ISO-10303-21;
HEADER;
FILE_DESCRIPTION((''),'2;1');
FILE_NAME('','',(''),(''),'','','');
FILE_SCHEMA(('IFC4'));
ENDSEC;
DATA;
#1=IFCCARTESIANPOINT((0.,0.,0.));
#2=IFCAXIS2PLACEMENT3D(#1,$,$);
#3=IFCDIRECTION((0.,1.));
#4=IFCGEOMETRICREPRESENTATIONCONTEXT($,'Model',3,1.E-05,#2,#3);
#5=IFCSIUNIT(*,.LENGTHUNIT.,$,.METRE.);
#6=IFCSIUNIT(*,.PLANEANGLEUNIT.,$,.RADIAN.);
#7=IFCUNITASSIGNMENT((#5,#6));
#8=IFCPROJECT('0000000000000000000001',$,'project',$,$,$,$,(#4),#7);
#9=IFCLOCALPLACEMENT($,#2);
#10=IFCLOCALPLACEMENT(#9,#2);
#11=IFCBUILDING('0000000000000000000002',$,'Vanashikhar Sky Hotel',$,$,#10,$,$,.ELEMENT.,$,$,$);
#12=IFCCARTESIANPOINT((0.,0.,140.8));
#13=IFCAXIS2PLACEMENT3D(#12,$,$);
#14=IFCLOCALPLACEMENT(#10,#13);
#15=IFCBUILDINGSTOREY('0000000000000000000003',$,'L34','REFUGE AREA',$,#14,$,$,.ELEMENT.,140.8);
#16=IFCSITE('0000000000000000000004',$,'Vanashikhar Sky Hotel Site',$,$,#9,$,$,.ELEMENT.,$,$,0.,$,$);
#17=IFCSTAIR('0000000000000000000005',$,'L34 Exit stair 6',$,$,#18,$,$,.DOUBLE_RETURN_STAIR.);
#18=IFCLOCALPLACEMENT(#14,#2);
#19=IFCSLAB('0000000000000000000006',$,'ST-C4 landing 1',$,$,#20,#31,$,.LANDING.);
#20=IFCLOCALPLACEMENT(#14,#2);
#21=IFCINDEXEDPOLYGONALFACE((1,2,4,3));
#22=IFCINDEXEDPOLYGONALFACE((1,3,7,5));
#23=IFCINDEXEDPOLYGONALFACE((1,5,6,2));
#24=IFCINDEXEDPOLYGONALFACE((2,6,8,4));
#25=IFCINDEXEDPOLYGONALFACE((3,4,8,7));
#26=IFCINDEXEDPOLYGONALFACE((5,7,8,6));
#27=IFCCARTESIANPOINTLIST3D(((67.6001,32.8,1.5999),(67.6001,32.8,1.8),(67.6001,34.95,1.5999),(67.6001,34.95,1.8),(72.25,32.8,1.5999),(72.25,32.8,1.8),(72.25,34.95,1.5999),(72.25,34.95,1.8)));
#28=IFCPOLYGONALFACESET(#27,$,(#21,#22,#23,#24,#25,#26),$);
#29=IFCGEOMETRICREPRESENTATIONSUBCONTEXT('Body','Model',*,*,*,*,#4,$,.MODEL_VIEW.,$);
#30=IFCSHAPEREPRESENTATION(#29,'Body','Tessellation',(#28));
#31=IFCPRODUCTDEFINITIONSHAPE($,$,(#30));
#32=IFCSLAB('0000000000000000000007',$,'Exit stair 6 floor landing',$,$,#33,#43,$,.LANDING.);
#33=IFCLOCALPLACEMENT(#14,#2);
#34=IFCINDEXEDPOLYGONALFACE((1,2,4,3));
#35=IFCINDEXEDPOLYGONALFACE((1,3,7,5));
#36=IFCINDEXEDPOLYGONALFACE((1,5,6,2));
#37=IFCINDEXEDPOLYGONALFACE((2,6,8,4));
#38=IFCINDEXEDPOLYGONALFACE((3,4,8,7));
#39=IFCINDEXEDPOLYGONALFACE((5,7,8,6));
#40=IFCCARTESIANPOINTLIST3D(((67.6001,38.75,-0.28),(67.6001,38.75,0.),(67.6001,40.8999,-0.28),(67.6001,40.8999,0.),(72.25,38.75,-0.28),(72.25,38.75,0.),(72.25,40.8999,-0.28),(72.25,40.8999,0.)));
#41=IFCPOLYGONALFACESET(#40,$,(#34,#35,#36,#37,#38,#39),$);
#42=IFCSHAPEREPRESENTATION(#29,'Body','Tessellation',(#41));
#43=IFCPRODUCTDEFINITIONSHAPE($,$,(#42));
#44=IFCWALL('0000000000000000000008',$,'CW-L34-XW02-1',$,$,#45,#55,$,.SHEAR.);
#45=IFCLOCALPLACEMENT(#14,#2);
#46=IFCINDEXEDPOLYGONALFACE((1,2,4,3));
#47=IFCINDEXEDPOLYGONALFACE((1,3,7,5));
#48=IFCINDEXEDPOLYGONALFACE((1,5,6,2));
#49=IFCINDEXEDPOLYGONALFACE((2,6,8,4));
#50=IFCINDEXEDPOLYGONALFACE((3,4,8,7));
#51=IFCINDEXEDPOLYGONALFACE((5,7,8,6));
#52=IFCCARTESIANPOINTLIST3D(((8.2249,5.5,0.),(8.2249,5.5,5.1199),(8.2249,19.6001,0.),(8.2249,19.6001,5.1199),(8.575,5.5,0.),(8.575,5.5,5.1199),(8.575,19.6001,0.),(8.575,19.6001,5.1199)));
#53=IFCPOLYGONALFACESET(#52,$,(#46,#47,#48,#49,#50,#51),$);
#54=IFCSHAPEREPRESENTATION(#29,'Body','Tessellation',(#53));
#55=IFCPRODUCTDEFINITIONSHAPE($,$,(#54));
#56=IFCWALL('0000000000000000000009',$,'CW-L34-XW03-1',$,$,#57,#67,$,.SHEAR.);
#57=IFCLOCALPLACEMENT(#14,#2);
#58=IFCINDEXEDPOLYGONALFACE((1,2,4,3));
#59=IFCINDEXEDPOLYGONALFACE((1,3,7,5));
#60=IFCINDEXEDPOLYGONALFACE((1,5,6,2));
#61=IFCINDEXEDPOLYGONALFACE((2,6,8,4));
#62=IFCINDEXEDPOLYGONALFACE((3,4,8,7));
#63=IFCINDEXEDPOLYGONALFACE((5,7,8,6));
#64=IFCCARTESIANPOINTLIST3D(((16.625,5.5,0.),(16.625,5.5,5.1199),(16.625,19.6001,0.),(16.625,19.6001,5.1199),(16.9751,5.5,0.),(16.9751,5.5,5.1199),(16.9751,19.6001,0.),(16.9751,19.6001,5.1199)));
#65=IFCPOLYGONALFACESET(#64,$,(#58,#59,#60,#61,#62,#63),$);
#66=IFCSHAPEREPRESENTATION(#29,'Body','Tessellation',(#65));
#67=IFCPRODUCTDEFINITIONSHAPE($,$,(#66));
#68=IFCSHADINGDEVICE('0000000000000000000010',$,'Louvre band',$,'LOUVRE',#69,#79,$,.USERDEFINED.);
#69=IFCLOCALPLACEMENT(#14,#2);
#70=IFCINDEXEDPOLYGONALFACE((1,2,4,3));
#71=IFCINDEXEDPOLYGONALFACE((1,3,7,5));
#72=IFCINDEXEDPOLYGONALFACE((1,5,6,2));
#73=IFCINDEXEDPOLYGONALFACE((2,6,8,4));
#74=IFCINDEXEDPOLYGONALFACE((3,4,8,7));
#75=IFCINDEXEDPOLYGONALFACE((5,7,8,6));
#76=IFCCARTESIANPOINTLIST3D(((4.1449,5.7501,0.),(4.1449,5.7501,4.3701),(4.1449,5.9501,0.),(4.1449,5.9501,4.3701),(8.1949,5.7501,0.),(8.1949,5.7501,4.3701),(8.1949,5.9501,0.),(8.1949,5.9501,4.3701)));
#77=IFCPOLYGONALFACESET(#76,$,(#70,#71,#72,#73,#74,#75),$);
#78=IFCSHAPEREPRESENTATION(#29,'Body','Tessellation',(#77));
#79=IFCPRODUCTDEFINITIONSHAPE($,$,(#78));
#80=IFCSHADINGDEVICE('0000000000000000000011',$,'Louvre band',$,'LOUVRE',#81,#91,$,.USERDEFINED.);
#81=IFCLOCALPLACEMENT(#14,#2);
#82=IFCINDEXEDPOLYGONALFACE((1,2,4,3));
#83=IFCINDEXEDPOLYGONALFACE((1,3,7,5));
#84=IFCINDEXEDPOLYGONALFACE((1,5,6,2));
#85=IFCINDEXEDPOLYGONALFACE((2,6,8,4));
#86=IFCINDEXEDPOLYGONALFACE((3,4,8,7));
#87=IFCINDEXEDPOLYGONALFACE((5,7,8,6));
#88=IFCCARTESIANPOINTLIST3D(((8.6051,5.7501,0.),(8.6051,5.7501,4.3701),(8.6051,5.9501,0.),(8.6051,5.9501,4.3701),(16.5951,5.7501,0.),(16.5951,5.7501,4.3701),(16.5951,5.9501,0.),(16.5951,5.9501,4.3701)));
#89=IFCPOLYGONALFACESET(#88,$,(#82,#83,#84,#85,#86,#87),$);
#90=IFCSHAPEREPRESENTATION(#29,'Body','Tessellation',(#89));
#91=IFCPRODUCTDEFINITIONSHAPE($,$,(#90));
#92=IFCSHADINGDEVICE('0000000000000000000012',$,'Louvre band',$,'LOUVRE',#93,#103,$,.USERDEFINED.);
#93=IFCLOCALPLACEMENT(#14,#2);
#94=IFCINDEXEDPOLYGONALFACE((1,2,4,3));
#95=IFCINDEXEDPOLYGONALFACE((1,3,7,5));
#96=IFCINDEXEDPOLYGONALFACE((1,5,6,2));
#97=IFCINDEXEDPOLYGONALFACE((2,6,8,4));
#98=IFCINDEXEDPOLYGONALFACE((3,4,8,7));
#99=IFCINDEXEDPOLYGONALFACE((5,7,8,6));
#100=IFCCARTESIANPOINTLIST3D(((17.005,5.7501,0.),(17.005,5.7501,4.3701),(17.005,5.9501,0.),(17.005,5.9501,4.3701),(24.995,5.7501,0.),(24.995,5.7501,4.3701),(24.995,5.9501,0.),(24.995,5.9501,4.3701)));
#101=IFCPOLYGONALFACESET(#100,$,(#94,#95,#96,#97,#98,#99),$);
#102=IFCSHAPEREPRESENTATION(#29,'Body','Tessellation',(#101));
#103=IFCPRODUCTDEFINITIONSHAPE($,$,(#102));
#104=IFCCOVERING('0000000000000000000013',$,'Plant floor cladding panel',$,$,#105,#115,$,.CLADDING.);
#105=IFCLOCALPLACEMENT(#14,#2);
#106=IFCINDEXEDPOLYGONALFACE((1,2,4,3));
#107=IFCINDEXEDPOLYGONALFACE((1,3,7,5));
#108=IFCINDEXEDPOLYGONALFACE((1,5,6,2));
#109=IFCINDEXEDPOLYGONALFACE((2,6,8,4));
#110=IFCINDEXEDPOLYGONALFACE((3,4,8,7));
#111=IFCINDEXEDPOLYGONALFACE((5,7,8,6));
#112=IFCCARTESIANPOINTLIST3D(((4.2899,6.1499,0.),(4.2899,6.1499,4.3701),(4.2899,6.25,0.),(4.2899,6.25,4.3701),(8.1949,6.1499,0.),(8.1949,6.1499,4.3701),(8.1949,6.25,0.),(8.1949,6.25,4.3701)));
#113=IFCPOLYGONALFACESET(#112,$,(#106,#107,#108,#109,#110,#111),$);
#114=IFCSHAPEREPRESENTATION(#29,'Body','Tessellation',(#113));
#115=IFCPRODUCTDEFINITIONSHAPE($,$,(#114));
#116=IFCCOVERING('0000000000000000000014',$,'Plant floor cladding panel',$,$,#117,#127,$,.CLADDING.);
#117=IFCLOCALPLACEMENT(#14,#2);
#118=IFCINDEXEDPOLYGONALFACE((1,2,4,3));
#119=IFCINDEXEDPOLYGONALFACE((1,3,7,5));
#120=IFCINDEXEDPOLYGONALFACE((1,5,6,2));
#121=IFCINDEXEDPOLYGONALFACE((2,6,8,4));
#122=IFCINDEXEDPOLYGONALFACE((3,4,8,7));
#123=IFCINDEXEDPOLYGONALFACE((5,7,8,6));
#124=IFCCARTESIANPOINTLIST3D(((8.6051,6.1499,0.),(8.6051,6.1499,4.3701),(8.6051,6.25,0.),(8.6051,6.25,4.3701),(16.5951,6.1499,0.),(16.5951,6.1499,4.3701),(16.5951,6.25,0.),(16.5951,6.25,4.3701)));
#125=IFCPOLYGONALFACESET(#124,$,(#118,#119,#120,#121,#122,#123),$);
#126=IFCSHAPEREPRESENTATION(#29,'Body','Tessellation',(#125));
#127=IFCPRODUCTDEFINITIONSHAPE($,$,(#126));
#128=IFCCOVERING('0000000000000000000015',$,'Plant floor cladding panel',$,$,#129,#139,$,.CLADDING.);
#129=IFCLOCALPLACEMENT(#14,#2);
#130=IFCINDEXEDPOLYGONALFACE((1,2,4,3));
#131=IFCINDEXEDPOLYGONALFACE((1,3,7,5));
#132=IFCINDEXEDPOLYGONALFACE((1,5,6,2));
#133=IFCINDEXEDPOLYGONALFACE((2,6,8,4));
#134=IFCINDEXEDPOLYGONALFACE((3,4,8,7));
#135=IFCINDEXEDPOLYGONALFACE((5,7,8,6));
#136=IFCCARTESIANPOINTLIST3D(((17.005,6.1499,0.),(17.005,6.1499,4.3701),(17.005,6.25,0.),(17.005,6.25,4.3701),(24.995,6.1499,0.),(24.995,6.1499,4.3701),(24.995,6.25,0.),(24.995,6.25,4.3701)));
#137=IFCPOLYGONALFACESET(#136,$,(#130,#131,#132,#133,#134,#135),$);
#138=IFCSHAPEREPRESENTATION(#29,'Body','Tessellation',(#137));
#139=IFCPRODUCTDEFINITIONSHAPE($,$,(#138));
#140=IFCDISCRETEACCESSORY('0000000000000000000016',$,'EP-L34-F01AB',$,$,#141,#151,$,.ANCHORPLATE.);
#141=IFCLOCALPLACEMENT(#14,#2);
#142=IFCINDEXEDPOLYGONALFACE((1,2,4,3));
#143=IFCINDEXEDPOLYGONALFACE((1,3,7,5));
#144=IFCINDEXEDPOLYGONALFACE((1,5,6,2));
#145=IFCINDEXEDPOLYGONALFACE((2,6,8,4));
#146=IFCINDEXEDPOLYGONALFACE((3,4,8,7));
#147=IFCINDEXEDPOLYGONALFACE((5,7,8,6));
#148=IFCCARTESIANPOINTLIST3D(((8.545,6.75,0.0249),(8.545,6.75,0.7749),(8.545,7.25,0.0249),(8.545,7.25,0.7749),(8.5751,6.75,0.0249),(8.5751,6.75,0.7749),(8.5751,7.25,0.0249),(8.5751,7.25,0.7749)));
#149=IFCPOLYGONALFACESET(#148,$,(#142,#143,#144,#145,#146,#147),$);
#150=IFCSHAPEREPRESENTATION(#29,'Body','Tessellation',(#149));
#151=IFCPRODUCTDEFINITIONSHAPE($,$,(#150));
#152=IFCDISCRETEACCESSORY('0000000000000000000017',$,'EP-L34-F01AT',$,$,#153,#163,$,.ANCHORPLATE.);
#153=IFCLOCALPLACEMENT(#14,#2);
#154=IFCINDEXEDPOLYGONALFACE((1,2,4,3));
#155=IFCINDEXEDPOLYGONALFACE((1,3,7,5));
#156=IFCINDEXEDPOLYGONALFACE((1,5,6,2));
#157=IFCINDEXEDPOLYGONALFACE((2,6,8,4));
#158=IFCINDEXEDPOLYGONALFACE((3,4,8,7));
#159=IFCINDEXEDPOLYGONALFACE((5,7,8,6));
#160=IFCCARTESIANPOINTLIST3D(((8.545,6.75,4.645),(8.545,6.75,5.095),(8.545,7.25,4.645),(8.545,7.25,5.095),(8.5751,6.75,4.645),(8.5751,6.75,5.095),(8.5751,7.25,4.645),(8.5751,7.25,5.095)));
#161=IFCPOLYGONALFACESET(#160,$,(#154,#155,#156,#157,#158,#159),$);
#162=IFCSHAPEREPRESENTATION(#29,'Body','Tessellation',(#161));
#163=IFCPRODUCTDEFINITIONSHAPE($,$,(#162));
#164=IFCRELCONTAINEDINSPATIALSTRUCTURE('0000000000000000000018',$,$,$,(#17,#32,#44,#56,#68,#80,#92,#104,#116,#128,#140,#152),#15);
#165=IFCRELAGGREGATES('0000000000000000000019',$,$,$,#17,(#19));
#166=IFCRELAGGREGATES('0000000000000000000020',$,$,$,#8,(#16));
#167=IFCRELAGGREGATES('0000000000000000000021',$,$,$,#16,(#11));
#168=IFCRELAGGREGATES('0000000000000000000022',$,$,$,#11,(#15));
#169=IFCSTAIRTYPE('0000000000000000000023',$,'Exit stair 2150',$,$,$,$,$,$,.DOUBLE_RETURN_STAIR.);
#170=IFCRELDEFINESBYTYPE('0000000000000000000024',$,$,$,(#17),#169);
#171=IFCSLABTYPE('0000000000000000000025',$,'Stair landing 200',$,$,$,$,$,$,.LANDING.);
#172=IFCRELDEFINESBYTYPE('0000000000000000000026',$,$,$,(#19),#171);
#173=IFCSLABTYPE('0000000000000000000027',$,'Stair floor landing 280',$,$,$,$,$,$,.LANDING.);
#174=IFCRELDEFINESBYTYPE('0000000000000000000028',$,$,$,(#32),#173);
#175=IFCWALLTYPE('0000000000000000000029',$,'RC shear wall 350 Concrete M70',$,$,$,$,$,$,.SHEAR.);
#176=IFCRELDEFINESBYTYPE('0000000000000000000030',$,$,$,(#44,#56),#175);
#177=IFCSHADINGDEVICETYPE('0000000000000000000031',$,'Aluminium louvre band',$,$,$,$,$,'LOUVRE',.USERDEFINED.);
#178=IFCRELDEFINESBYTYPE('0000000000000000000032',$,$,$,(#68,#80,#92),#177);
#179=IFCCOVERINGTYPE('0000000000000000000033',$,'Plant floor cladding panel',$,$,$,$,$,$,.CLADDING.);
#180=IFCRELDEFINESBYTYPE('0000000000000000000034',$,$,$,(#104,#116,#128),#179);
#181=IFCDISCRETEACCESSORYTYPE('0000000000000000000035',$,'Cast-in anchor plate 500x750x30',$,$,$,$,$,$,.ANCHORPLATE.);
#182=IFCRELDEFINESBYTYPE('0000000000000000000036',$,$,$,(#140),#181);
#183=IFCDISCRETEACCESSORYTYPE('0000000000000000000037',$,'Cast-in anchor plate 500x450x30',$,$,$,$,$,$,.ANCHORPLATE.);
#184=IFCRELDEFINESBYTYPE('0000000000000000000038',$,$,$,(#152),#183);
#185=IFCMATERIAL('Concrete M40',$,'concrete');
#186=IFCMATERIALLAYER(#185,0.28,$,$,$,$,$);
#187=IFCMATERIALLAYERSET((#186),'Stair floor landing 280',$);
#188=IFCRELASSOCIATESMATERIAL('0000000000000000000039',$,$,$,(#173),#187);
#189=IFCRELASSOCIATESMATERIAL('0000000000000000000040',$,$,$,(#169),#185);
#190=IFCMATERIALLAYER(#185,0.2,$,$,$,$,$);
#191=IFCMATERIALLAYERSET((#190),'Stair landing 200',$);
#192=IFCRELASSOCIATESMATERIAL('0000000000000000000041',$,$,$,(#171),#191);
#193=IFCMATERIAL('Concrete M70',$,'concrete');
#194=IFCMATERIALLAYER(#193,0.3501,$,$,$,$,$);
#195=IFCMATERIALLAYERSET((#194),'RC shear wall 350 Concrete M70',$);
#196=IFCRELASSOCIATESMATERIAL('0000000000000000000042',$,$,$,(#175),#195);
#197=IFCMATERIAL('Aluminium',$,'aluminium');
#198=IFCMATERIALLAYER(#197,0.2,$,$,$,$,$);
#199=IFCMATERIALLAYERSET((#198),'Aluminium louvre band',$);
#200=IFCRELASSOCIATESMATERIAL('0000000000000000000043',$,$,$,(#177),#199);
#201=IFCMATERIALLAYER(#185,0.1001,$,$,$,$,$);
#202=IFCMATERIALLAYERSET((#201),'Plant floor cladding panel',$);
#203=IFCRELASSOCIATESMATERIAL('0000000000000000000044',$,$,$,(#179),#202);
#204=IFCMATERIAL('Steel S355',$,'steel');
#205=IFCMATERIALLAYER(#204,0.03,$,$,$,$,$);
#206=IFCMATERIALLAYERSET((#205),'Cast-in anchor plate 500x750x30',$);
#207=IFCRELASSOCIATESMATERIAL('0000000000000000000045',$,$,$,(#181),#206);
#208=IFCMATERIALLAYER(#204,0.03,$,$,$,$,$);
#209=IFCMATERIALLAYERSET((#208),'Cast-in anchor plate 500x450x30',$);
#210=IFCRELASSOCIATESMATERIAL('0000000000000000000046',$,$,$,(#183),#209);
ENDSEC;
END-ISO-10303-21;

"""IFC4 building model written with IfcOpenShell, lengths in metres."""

from ifc_helpers import new_model, si_unit, direction, frame, frame_2d, origin, origin_2d, place, context, subcontext, project, spatial, polyline, rectangle, outline, extrude, source, transform, mapped, material, layer, layer_set, type_object, element, aggregate, save


model = new_model("IFC4")

# Units and contexts
model_context = context("Model", 3, precision=1e-05, world=origin(), true_north=direction((0.0, 1.0)))
body_context = subcontext(model_context, "Body", "Model", "MODEL_VIEW")
ifc_project = project(units=[si_unit("LENGTHUNIT", "METRE"), si_unit("PLANEANGLEUNIT", "RADIAN")], contexts=[model_context])

# Site, building, storey
site_placement = place(None, origin())
site = spatial("IfcSite", under=ifc_project, at=site_placement, Name="Vanashikhar Sky Hotel Site", CompositionType="ELEMENT", RefElevation=0.0)
building_placement = place(site_placement, origin())
building = spatial("IfcBuilding", under=site, at=building_placement, Name="Vanashikhar Sky Hotel", CompositionType="ELEMENT")
storey_placement = place(building_placement, frame((0.0, 0.0, 140.8)))
storey = spatial("IfcBuildingStorey", under=building, at=storey_placement, Name="L34", Description="REFUGE AREA", CompositionType="ELEMENT", Elevation=140.8)

# Shared definitions
ifc_material_1 = material(Name="Steel S355", Category="steel")

# Shared definitions
ifc_material_2 = material(Name="Concrete M40", Category="concrete")
ifc_layer_1 = layer(ifc_material_2, 0.28)
ifc_layer_set_1 = layer_set([ifc_layer_1], Name="Stair floor landing 280")
slab_type_1 = type_object("IfcSlabType", Name="Stair floor landing 280", PredefinedType="LANDING", material=ifc_layer_set_1)

# Shared definitions
stair_type = type_object("IfcStairType", Name="Exit stair 2150", PredefinedType="DOUBLE_RETURN_STAIR", material=ifc_material_2)
ifc_layer_2 = layer(ifc_material_2, 0.2)
ifc_layer_set_2 = layer_set([ifc_layer_2], Name="Stair landing 200")
slab_type_2 = type_object("IfcSlabType", Name="Stair landing 200", PredefinedType="LANDING", material=ifc_layer_set_2)

# Stair, slab
stair_1_placement = place(storey_placement, origin())
stair_1 = element("IfcStair", 1, at=stair_1_placement, inside=storey, type_object=stair_type, Name="L34 Exit stair 6", PredefinedType="DOUBLE_RETURN_STAIR")
shared_shape_1 = source(origin(), body_context, "Body", "SweptSolid", [
    extrude(outline(polyline([(72.25, 32.8), (72.25, 34.95), (67.6001, 34.95), (67.6001, 32.8), (72.25, 32.8)])), origin(), (0.0, 0.0, 1.0), 0.2002),
])
slab_1_placement = place(storey_placement, frame((0.0, 0.0, 1.5999)))
slab_1 = element("IfcSlab", 2, at=slab_1_placement, type_object=slab_type_2, Name="ST-C4 landing 1", PredefinedType="LANDING", context=body_context, shape_type="MappedRepresentation", body=[
    mapped(shared_shape_1, transform((0.0, 0.0, 0.0), scale=1.0)),
])
aggregate(stair_1, [slab_1])

# Slab
shared_shape_2 = source(origin(), body_context, "Body", "SweptSolid", [
    extrude(outline(polyline([(72.25, 38.75), (72.25, 40.8999), (67.6001, 40.8999), (67.6001, 38.75), (72.25, 38.75)])), origin(), (0.0, 0.0, 1.0), 0.28),
])
slab_2_placement = place(storey_placement, frame((0.0, 0.0, -0.28)))
element("IfcSlab", 3, at=slab_2_placement, inside=storey, type_object=slab_type_1, Name="Exit stair 6 floor landing", PredefinedType="LANDING", context=body_context, shape_type="MappedRepresentation", body=[
    mapped(shared_shape_2, transform((0.0, 0.0, 0.0), scale=1.0)),
])

# Walls
ifc_material_3 = material(Name="Concrete M70", Category="concrete")
ifc_layer_3 = layer(ifc_material_3, 0.3501)
ifc_layer_set_3 = layer_set([ifc_layer_3], Name="RC shear wall 350 Concrete M70")
wall_type = type_object("IfcWallType", Name="RC shear wall 350 Concrete M70", PredefinedType="SHEAR", material=ifc_layer_set_3)
shared_shape_3 = source(origin(), body_context, "Body", "SweptSolid", [
    extrude(rectangle(XDim=14.1001, YDim=0.3501, at=frame_2d((7.05, 0.0))), origin(), (0.0, 0.0, 1.0), 5.1199),
])
for number, where, z_axis, x_axis, name in (
    (4, (8.3999, 5.5, 0.0), (0.0, 0.0, 1.0), (0.0, 1.0, 0.0), "CW-L34-XW02-1"),
    (5, (16.8, 5.5, 0.0), (0.0, 0.0, 1.0), (0.0, 1.0, 0.0), "CW-L34-XW03-1"),
):
    element("IfcWall", number, at=place(storey_placement, frame(where, z_axis=z_axis, x_axis=x_axis)), inside=storey, type_object=wall_type, Name=name, PredefinedType="SHEAR", context=body_context, shape_type="MappedRepresentation", body=[
        mapped(shared_shape_3, transform((0.0, 0.0, 0.0), scale=1.0)),
    ])

# Shading devices
ifc_material_4 = material(Name="Aluminium", Category="aluminium")
ifc_layer_4 = layer(ifc_material_4, 0.2)
ifc_layer_set_4 = layer_set([ifc_layer_4], Name="Aluminium louvre band")
shading_device_type = type_object("IfcShadingDeviceType", Name="Aluminium louvre band", ElementType="LOUVRE", PredefinedType="USERDEFINED", material=ifc_layer_set_4)
shared_shape_4 = source(origin(), body_context, "Body", "SweptSolid", [
    extrude(rectangle(XDim=4.05, YDim=0.2, at=origin_2d()), origin(), (0.0, 0.0, 1.0), 4.3701),
])
shading_device_placement = place(storey_placement, frame((6.1699, 5.8501, 0.0), z_axis=(0.0, 0.0, 1.0), x_axis=(1.0, 0.0, 0.0)))
element("IfcShadingDevice", 6, at=shading_device_placement, inside=storey, type_object=shading_device_type, Name="Louvre band", ObjectType="LOUVRE", PredefinedType="USERDEFINED", context=body_context, shape_type="MappedRepresentation", body=[
    mapped(shared_shape_4, transform((0.0, 0.0, 0.0), scale=1.0)),
])
shared_shape_5 = source(origin(), body_context, "Body", "SweptSolid", [
    extrude(rectangle(XDim=7.99, YDim=0.2, at=origin_2d()), origin(), (0.0, 0.0, 1.0), 4.3701),
])
for number, where, z_axis, x_axis, name in (
    (7, (12.6001, 5.8501, 0.0), (0.0, 0.0, 1.0), (1.0, 0.0, 0.0), "Louvre band"),
    (8, (21.0, 5.8501, 0.0), (0.0, 0.0, 1.0), (1.0, 0.0, 0.0), "Louvre band"),
):
    element("IfcShadingDevice", number, at=place(storey_placement, frame(where, z_axis=z_axis, x_axis=x_axis)), inside=storey, type_object=shading_device_type, Name=name, ObjectType="LOUVRE", PredefinedType="USERDEFINED", context=body_context, shape_type="MappedRepresentation", body=[
        mapped(shared_shape_5, transform((0.0, 0.0, 0.0), scale=1.0)),
    ])

# Coverings
ifc_layer_5 = layer(ifc_material_2, 0.1001)
ifc_layer_set_5 = layer_set([ifc_layer_5], Name="Plant floor cladding panel")
covering_type = type_object("IfcCoveringType", Name="Plant floor cladding panel", PredefinedType="CLADDING", material=ifc_layer_set_5)
shared_shape_6 = source(origin(), body_context, "Body", "SweptSolid", [
    extrude(rectangle(XDim=3.905, YDim=0.1001, at=origin_2d()), origin(), (0.0, 0.0, 1.0), 4.3701),
])
covering_placement = place(storey_placement, frame((6.2424, 6.2, 0.0), z_axis=(0.0, 0.0, 1.0), x_axis=(1.0, 0.0, 0.0)))
element("IfcCovering", 9, at=covering_placement, inside=storey, type_object=covering_type, Name="Plant floor cladding panel", PredefinedType="CLADDING", context=body_context, shape_type="MappedRepresentation", body=[
    mapped(shared_shape_6, transform((0.0, 0.0, 0.0), scale=1.0)),
])
shared_shape_7 = source(origin(), body_context, "Body", "SweptSolid", [
    extrude(rectangle(XDim=7.99, YDim=0.1001, at=origin_2d()), origin(), (0.0, 0.0, 1.0), 4.3701),
])
for number, where, z_axis, x_axis, name in (
    (10, (12.6001, 6.2, 0.0), (0.0, 0.0, 1.0), (1.0, 0.0, 0.0), "Plant floor cladding panel"),
    (11, (21.0, 6.2, 0.0), (0.0, 0.0, 1.0), (1.0, 0.0, 0.0), "Plant floor cladding panel"),
):
    element("IfcCovering", number, at=place(storey_placement, frame(where, z_axis=z_axis, x_axis=x_axis)), inside=storey, type_object=covering_type, Name=name, PredefinedType="CLADDING", context=body_context, shape_type="MappedRepresentation", body=[
        mapped(shared_shape_7, transform((0.0, 0.0, 0.0), scale=1.0)),
    ])

# Discrete accessories
ifc_layer_6 = layer(ifc_material_1, 0.03)
ifc_layer_set_6 = layer_set([ifc_layer_6], Name="Cast-in anchor plate 500x750x30")
discrete_accessory_type_1 = type_object("IfcDiscreteAccessoryType", Name="Cast-in anchor plate 500x750x30", PredefinedType="ANCHORPLATE", material=ifc_layer_set_6)
shared_shape_8 = source(origin(), body_context, "Body", "SweptSolid", [
    extrude(rectangle(XDim=0.03, YDim=0.5, at=origin_2d()), origin(), (0.0, 0.0, 1.0), 0.75),
])
discrete_accessory_1_placement = place(storey_placement, frame((8.5601, 7.0, 0.0249), z_axis=(0.0, 0.0, 1.0), x_axis=(1.0, 0.0, 0.0)))
element("IfcDiscreteAccessory", 12, at=discrete_accessory_1_placement, inside=storey, type_object=discrete_accessory_type_1, Name="EP-L34-F01AB", PredefinedType="ANCHORPLATE", context=body_context, shape_type="MappedRepresentation", body=[
    mapped(shared_shape_8, transform((0.0, 0.0, 0.0), scale=1.0)),
])
ifc_layer_7 = layer(ifc_material_1, 0.03)
ifc_layer_set_7 = layer_set([ifc_layer_7], Name="Cast-in anchor plate 500x450x30")
discrete_accessory_type_2 = type_object("IfcDiscreteAccessoryType", Name="Cast-in anchor plate 500x450x30", PredefinedType="ANCHORPLATE", material=ifc_layer_set_7)
shared_shape_9 = source(origin(), body_context, "Body", "SweptSolid", [
    extrude(rectangle(XDim=0.03, YDim=0.5, at=origin_2d()), origin(), (0.0, 0.0, 1.0), 0.45),
])
discrete_accessory_2_placement = place(storey_placement, frame((8.5601, 7.0, 4.645), z_axis=(0.0, 0.0, 1.0), x_axis=(1.0, 0.0, 0.0)))
element("IfcDiscreteAccessory", 13, at=discrete_accessory_2_placement, inside=storey, type_object=discrete_accessory_type_2, Name="EP-L34-F01AT", PredefinedType="ANCHORPLATE", context=body_context, shape_type="MappedRepresentation", body=[
    mapped(shared_shape_9, transform((0.0, 0.0, 0.0), scale=1.0)),
])

save(model, "model.ifc")
